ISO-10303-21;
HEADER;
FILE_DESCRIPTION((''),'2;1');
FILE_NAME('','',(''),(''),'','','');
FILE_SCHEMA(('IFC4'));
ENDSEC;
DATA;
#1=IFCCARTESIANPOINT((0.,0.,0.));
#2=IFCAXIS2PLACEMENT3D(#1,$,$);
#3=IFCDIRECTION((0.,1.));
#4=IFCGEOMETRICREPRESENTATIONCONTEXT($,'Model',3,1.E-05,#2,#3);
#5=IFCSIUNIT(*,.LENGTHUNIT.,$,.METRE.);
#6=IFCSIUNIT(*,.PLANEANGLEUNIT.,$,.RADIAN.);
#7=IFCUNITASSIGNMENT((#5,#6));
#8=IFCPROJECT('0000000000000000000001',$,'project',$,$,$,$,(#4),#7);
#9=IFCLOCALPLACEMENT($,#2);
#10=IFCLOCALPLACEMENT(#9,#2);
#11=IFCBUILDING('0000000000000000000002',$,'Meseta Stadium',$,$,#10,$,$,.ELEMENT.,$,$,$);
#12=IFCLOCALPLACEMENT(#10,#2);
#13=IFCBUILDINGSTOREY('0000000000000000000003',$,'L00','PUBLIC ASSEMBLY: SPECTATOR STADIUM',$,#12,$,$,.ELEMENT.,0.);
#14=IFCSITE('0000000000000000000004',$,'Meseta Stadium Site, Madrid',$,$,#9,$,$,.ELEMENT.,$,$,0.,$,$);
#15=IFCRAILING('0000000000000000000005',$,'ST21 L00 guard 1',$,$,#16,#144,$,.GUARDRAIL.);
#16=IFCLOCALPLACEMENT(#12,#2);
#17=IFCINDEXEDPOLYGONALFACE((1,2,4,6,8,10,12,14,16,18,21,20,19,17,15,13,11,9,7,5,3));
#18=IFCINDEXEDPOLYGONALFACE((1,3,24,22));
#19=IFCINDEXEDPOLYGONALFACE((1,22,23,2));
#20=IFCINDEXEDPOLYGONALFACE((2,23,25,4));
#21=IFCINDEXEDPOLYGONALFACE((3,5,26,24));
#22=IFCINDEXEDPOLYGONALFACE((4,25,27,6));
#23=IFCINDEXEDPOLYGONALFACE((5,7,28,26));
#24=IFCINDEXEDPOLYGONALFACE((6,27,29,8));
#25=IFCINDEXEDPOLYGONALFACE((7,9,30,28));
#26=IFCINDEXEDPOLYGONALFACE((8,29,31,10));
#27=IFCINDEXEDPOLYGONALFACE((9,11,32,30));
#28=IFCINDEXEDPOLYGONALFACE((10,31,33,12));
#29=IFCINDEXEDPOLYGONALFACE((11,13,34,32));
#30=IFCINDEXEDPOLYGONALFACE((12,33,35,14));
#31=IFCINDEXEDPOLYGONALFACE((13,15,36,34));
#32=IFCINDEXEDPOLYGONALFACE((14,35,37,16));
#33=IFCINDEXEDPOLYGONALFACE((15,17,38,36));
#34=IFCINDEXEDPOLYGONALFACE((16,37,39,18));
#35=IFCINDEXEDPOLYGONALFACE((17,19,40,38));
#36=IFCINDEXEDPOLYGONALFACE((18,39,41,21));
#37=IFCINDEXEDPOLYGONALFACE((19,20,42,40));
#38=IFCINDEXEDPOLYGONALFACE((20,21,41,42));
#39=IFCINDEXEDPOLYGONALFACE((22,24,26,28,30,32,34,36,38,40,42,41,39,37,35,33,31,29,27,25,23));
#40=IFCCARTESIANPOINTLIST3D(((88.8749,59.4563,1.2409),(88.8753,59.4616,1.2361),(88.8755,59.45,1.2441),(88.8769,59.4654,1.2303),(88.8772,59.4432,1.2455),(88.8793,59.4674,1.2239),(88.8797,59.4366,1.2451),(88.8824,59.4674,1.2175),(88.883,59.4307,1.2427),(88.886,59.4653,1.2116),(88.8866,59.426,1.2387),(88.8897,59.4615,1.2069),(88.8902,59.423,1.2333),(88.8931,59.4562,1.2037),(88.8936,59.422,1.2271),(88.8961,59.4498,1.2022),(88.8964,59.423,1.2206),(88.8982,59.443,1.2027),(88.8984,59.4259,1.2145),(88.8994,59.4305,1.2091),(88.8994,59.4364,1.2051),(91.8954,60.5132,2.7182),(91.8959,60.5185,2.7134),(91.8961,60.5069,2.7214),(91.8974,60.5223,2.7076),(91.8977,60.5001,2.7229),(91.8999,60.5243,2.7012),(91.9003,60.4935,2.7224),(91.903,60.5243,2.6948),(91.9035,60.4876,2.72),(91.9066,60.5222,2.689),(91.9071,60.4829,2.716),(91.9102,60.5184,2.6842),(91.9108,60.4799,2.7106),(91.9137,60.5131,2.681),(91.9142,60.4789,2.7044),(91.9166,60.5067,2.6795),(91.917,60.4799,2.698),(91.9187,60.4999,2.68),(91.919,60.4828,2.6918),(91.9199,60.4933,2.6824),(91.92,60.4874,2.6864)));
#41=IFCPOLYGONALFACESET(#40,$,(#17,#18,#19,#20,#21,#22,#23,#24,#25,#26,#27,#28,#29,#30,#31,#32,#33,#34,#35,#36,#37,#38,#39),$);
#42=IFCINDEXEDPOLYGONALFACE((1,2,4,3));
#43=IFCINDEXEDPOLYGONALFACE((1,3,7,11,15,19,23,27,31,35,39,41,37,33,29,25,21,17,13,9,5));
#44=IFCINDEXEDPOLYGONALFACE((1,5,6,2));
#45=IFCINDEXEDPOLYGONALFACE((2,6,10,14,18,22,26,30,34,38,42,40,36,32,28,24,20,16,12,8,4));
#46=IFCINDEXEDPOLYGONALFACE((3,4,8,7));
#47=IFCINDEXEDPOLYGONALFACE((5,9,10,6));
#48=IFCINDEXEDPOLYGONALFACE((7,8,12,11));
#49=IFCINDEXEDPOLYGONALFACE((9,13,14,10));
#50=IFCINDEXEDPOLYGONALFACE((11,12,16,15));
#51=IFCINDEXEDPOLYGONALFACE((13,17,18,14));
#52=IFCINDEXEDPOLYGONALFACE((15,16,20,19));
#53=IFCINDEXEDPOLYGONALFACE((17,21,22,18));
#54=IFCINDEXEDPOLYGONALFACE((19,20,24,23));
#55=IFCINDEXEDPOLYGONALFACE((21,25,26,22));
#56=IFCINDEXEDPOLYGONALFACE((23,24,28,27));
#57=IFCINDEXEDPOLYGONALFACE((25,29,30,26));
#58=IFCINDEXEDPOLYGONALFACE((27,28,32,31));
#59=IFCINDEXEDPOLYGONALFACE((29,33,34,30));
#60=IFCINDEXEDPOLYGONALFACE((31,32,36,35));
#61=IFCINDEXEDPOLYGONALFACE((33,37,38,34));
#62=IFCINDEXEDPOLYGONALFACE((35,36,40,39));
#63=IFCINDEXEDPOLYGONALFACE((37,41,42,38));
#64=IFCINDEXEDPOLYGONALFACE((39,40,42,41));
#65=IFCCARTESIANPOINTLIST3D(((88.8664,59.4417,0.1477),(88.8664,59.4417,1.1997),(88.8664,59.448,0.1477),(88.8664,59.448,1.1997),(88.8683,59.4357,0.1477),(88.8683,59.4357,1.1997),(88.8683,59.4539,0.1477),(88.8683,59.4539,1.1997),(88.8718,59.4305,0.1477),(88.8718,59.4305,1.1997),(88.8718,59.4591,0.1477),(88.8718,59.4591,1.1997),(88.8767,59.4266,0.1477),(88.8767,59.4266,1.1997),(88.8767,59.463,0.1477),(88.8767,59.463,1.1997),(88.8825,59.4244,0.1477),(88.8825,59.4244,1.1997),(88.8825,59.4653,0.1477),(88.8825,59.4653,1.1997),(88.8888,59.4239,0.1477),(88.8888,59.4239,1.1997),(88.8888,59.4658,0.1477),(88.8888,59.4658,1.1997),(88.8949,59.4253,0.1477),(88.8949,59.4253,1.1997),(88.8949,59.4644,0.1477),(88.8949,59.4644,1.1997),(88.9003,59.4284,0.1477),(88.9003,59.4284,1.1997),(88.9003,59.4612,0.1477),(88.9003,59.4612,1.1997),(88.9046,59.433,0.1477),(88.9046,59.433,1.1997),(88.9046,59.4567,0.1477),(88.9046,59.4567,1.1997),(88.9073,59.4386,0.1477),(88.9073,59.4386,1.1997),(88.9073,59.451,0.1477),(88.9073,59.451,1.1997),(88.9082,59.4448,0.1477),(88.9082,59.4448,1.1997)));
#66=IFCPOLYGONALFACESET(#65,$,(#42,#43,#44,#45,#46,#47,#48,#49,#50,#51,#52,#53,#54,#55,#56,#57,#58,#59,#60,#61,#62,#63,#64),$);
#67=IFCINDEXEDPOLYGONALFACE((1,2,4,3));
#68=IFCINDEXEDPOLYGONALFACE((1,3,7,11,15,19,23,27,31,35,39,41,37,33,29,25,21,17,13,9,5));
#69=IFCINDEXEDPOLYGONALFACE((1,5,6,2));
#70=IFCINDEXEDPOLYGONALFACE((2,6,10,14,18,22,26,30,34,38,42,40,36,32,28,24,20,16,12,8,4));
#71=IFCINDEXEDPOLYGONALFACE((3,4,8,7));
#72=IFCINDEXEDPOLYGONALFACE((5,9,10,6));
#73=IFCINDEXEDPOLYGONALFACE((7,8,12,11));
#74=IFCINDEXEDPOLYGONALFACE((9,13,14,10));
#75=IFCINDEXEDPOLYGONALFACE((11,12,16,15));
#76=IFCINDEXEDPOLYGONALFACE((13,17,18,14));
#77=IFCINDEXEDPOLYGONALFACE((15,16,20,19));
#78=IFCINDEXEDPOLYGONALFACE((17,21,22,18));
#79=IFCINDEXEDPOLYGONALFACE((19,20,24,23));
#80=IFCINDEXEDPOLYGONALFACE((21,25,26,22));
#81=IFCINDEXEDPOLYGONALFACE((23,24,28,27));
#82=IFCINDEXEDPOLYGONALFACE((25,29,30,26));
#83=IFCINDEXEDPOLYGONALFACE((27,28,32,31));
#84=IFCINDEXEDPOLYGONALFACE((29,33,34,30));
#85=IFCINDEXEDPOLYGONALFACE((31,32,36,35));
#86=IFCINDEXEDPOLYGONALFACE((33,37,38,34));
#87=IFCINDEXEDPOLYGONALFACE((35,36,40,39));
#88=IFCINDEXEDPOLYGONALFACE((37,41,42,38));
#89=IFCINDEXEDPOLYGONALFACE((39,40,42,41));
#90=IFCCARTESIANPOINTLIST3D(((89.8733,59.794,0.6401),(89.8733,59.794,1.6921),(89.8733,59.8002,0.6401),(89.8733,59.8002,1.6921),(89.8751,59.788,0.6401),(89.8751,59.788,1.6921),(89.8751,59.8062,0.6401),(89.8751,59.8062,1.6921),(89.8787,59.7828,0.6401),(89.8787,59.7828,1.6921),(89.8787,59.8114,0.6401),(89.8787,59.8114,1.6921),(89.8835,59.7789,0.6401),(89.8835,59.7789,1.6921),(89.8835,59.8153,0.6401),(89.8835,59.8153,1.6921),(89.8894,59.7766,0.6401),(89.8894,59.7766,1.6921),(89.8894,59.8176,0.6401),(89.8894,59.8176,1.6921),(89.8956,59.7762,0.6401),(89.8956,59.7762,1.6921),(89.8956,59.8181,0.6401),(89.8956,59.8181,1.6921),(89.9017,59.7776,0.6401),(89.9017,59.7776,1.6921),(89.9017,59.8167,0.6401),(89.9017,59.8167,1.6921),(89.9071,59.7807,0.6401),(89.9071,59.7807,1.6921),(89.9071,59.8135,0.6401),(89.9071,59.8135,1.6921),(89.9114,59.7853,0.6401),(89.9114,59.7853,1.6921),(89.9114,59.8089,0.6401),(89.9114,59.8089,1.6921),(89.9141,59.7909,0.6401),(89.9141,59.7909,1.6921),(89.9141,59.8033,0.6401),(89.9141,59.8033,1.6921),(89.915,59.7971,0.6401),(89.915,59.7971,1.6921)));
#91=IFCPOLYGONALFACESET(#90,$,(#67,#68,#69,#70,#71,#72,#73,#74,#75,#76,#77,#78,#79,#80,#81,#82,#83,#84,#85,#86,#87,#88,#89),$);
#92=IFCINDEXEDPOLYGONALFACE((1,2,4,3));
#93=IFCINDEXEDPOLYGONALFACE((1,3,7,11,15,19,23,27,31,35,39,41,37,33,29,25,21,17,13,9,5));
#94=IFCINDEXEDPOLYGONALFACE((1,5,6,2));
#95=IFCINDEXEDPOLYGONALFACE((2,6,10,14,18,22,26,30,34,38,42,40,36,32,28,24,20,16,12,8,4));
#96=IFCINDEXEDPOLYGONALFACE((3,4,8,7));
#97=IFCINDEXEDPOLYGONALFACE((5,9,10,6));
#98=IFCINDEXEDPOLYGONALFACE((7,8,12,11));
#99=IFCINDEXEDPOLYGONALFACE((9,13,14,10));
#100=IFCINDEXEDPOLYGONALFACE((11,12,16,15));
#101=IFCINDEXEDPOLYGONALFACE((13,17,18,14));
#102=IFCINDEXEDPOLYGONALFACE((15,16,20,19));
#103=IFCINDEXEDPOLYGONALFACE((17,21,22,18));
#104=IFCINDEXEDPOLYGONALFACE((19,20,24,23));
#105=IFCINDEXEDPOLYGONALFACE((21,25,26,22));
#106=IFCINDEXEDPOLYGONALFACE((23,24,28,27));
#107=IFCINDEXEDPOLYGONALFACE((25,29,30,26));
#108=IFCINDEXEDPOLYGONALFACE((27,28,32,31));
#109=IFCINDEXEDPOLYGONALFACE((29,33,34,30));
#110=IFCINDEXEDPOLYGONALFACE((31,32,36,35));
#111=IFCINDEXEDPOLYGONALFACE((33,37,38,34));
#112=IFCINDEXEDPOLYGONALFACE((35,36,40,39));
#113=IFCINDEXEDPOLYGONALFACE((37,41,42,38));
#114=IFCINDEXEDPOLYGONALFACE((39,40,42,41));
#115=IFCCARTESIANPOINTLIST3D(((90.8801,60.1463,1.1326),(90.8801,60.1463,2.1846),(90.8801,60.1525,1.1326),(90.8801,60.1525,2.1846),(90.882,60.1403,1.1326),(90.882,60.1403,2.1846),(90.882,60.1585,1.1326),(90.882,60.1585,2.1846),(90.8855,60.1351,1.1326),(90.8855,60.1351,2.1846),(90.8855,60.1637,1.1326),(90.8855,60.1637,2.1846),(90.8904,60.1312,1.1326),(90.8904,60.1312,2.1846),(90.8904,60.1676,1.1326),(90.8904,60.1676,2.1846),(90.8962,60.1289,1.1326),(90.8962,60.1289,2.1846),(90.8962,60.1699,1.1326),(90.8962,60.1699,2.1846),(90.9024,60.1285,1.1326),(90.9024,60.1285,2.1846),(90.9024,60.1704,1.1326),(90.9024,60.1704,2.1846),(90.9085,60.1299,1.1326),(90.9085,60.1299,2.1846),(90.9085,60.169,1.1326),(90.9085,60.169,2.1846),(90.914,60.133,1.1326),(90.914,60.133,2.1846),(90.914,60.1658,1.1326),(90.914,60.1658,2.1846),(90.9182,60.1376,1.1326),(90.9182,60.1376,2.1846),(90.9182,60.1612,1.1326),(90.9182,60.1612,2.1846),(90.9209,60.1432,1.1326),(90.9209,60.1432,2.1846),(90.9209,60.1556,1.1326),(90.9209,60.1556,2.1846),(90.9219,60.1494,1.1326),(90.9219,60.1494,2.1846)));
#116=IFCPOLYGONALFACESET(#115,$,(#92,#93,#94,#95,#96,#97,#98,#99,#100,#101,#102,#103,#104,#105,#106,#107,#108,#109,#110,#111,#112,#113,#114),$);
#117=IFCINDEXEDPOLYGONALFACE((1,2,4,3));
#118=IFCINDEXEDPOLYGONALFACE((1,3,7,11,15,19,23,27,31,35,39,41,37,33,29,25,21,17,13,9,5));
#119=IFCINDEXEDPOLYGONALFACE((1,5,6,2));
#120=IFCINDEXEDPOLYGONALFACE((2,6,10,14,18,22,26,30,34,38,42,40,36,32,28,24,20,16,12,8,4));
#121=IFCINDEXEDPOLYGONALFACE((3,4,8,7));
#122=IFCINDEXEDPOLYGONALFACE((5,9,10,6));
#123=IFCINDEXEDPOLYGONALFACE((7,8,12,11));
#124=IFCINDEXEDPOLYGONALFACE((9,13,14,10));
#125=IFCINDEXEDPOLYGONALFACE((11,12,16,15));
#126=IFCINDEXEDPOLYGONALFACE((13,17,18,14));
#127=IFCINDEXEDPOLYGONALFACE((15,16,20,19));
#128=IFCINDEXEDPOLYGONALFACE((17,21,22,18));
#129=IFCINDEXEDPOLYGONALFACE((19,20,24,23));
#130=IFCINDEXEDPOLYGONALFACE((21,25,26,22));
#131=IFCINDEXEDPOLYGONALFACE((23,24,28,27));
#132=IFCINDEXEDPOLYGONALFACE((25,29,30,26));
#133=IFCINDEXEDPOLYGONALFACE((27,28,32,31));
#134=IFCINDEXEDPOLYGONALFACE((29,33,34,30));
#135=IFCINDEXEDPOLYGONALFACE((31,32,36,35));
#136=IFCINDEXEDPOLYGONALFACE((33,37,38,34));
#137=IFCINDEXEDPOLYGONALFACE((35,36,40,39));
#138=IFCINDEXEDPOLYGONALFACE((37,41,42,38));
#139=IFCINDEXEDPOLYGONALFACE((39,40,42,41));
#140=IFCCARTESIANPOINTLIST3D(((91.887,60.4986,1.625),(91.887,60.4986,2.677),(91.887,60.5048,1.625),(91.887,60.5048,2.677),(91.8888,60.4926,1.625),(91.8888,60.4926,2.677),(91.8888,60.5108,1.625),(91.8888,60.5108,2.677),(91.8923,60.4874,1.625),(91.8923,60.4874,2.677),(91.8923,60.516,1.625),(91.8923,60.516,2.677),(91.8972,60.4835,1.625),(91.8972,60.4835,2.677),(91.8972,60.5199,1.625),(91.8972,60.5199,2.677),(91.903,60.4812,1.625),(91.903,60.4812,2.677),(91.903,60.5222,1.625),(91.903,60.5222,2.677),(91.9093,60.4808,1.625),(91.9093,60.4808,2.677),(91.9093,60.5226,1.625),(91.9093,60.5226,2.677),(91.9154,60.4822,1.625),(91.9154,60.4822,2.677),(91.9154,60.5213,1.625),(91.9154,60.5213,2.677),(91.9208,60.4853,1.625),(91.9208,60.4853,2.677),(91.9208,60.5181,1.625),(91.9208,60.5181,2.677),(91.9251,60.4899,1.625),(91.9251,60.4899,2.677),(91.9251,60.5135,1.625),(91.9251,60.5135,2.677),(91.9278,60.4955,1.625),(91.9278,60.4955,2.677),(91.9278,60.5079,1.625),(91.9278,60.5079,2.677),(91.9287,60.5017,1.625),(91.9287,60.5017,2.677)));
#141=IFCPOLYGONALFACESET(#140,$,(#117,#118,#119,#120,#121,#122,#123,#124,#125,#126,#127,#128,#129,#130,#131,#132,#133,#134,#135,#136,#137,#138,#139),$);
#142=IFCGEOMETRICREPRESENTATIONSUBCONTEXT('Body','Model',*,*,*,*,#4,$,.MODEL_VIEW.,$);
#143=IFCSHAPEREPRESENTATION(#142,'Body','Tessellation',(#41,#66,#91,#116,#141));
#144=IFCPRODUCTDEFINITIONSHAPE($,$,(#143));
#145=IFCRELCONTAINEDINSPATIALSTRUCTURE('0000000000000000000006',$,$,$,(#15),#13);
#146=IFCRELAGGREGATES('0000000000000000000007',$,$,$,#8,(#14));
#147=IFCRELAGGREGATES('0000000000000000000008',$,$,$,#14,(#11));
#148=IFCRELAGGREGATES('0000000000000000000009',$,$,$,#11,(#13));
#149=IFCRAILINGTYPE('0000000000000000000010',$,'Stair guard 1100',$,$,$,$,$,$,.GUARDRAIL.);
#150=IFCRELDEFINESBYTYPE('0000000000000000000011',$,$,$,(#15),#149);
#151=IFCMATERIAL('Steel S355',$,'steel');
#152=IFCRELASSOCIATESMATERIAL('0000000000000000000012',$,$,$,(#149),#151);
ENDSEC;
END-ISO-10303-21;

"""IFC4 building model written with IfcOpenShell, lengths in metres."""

from ifc_helpers import new_model, si_unit, direction, frame, origin, origin_2d, place, context, subcontext, project, spatial, circle, extrude, material, type_object, element, save


model = new_model("IFC4")

# Units and contexts
model_context = context("Model", 3, precision=1e-05, world=origin(), true_north=direction((0.0, 1.0)))
body_context = subcontext(model_context, "Body", "Model", "MODEL_VIEW")
ifc_project = project(units=[si_unit("LENGTHUNIT", "METRE"), si_unit("PLANEANGLEUNIT", "RADIAN")], contexts=[model_context])

# Site, building, storey
site_placement = place(None, origin())
site = spatial("IfcSite", under=ifc_project, at=site_placement, Name="Meseta Stadium Site, Madrid", CompositionType="ELEMENT", RefElevation=0.0)
building_placement = place(site_placement, origin())
building = spatial("IfcBuilding", under=site, at=building_placement, Name="Meseta Stadium", CompositionType="ELEMENT")
storey_placement = place(building_placement, origin())
storey = spatial("IfcBuildingStorey", under=building, at=storey_placement, Name="L00", Description="PUBLIC ASSEMBLY: SPECTATOR STADIUM", CompositionType="ELEMENT", Elevation=0.0)

# Railing
ifc_material_1 = material(Name="Steel S355", Category="steel")
railing_type_1 = type_object("IfcRailingType", Name="Stair guard 1100", PredefinedType="GUARDRAIL", material=ifc_material_1)
railing_1_placement = place(storey_placement, frame((88.8872, 59.4448, 0.1477)))
element("IfcRailing", 1, at=railing_1_placement, inside=storey, type_object=railing_type_1, Name="ST21 L00 guard 1", PredefinedType="GUARDRAIL", context=body_context, shape_type="SweptSolid", body=[
    extrude(circle(Radius=0.0239, at=origin_2d()), frame((0.0, 0.0, 1.0762), z_axis=(0.856977, 0.299859, 0.419137), x_axis=(-0.330269, 0.943887, 0.0)), (0.0, 0.0, 1.0), 3.5247),
    extrude(circle(Radius=0.021, at=origin_2d()), origin(), (0.0, 0.0, 1.0), 1.052),
    extrude(circle(Radius=0.021, at=origin_2d()), frame((1.0068, 0.3523, 0.4924)), (0.0, 0.0, 1.0), 1.052),
    extrude(circle(Radius=0.021, at=origin_2d()), frame((2.0137, 0.7046, 0.9849)), (0.0, 0.0, 1.0), 1.052),
    extrude(circle(Radius=0.021, at=origin_2d()), frame((3.0205, 1.0569, 1.4773)), (0.0, 0.0, 1.0), 1.052),
])

save(model, "model.ifc")
